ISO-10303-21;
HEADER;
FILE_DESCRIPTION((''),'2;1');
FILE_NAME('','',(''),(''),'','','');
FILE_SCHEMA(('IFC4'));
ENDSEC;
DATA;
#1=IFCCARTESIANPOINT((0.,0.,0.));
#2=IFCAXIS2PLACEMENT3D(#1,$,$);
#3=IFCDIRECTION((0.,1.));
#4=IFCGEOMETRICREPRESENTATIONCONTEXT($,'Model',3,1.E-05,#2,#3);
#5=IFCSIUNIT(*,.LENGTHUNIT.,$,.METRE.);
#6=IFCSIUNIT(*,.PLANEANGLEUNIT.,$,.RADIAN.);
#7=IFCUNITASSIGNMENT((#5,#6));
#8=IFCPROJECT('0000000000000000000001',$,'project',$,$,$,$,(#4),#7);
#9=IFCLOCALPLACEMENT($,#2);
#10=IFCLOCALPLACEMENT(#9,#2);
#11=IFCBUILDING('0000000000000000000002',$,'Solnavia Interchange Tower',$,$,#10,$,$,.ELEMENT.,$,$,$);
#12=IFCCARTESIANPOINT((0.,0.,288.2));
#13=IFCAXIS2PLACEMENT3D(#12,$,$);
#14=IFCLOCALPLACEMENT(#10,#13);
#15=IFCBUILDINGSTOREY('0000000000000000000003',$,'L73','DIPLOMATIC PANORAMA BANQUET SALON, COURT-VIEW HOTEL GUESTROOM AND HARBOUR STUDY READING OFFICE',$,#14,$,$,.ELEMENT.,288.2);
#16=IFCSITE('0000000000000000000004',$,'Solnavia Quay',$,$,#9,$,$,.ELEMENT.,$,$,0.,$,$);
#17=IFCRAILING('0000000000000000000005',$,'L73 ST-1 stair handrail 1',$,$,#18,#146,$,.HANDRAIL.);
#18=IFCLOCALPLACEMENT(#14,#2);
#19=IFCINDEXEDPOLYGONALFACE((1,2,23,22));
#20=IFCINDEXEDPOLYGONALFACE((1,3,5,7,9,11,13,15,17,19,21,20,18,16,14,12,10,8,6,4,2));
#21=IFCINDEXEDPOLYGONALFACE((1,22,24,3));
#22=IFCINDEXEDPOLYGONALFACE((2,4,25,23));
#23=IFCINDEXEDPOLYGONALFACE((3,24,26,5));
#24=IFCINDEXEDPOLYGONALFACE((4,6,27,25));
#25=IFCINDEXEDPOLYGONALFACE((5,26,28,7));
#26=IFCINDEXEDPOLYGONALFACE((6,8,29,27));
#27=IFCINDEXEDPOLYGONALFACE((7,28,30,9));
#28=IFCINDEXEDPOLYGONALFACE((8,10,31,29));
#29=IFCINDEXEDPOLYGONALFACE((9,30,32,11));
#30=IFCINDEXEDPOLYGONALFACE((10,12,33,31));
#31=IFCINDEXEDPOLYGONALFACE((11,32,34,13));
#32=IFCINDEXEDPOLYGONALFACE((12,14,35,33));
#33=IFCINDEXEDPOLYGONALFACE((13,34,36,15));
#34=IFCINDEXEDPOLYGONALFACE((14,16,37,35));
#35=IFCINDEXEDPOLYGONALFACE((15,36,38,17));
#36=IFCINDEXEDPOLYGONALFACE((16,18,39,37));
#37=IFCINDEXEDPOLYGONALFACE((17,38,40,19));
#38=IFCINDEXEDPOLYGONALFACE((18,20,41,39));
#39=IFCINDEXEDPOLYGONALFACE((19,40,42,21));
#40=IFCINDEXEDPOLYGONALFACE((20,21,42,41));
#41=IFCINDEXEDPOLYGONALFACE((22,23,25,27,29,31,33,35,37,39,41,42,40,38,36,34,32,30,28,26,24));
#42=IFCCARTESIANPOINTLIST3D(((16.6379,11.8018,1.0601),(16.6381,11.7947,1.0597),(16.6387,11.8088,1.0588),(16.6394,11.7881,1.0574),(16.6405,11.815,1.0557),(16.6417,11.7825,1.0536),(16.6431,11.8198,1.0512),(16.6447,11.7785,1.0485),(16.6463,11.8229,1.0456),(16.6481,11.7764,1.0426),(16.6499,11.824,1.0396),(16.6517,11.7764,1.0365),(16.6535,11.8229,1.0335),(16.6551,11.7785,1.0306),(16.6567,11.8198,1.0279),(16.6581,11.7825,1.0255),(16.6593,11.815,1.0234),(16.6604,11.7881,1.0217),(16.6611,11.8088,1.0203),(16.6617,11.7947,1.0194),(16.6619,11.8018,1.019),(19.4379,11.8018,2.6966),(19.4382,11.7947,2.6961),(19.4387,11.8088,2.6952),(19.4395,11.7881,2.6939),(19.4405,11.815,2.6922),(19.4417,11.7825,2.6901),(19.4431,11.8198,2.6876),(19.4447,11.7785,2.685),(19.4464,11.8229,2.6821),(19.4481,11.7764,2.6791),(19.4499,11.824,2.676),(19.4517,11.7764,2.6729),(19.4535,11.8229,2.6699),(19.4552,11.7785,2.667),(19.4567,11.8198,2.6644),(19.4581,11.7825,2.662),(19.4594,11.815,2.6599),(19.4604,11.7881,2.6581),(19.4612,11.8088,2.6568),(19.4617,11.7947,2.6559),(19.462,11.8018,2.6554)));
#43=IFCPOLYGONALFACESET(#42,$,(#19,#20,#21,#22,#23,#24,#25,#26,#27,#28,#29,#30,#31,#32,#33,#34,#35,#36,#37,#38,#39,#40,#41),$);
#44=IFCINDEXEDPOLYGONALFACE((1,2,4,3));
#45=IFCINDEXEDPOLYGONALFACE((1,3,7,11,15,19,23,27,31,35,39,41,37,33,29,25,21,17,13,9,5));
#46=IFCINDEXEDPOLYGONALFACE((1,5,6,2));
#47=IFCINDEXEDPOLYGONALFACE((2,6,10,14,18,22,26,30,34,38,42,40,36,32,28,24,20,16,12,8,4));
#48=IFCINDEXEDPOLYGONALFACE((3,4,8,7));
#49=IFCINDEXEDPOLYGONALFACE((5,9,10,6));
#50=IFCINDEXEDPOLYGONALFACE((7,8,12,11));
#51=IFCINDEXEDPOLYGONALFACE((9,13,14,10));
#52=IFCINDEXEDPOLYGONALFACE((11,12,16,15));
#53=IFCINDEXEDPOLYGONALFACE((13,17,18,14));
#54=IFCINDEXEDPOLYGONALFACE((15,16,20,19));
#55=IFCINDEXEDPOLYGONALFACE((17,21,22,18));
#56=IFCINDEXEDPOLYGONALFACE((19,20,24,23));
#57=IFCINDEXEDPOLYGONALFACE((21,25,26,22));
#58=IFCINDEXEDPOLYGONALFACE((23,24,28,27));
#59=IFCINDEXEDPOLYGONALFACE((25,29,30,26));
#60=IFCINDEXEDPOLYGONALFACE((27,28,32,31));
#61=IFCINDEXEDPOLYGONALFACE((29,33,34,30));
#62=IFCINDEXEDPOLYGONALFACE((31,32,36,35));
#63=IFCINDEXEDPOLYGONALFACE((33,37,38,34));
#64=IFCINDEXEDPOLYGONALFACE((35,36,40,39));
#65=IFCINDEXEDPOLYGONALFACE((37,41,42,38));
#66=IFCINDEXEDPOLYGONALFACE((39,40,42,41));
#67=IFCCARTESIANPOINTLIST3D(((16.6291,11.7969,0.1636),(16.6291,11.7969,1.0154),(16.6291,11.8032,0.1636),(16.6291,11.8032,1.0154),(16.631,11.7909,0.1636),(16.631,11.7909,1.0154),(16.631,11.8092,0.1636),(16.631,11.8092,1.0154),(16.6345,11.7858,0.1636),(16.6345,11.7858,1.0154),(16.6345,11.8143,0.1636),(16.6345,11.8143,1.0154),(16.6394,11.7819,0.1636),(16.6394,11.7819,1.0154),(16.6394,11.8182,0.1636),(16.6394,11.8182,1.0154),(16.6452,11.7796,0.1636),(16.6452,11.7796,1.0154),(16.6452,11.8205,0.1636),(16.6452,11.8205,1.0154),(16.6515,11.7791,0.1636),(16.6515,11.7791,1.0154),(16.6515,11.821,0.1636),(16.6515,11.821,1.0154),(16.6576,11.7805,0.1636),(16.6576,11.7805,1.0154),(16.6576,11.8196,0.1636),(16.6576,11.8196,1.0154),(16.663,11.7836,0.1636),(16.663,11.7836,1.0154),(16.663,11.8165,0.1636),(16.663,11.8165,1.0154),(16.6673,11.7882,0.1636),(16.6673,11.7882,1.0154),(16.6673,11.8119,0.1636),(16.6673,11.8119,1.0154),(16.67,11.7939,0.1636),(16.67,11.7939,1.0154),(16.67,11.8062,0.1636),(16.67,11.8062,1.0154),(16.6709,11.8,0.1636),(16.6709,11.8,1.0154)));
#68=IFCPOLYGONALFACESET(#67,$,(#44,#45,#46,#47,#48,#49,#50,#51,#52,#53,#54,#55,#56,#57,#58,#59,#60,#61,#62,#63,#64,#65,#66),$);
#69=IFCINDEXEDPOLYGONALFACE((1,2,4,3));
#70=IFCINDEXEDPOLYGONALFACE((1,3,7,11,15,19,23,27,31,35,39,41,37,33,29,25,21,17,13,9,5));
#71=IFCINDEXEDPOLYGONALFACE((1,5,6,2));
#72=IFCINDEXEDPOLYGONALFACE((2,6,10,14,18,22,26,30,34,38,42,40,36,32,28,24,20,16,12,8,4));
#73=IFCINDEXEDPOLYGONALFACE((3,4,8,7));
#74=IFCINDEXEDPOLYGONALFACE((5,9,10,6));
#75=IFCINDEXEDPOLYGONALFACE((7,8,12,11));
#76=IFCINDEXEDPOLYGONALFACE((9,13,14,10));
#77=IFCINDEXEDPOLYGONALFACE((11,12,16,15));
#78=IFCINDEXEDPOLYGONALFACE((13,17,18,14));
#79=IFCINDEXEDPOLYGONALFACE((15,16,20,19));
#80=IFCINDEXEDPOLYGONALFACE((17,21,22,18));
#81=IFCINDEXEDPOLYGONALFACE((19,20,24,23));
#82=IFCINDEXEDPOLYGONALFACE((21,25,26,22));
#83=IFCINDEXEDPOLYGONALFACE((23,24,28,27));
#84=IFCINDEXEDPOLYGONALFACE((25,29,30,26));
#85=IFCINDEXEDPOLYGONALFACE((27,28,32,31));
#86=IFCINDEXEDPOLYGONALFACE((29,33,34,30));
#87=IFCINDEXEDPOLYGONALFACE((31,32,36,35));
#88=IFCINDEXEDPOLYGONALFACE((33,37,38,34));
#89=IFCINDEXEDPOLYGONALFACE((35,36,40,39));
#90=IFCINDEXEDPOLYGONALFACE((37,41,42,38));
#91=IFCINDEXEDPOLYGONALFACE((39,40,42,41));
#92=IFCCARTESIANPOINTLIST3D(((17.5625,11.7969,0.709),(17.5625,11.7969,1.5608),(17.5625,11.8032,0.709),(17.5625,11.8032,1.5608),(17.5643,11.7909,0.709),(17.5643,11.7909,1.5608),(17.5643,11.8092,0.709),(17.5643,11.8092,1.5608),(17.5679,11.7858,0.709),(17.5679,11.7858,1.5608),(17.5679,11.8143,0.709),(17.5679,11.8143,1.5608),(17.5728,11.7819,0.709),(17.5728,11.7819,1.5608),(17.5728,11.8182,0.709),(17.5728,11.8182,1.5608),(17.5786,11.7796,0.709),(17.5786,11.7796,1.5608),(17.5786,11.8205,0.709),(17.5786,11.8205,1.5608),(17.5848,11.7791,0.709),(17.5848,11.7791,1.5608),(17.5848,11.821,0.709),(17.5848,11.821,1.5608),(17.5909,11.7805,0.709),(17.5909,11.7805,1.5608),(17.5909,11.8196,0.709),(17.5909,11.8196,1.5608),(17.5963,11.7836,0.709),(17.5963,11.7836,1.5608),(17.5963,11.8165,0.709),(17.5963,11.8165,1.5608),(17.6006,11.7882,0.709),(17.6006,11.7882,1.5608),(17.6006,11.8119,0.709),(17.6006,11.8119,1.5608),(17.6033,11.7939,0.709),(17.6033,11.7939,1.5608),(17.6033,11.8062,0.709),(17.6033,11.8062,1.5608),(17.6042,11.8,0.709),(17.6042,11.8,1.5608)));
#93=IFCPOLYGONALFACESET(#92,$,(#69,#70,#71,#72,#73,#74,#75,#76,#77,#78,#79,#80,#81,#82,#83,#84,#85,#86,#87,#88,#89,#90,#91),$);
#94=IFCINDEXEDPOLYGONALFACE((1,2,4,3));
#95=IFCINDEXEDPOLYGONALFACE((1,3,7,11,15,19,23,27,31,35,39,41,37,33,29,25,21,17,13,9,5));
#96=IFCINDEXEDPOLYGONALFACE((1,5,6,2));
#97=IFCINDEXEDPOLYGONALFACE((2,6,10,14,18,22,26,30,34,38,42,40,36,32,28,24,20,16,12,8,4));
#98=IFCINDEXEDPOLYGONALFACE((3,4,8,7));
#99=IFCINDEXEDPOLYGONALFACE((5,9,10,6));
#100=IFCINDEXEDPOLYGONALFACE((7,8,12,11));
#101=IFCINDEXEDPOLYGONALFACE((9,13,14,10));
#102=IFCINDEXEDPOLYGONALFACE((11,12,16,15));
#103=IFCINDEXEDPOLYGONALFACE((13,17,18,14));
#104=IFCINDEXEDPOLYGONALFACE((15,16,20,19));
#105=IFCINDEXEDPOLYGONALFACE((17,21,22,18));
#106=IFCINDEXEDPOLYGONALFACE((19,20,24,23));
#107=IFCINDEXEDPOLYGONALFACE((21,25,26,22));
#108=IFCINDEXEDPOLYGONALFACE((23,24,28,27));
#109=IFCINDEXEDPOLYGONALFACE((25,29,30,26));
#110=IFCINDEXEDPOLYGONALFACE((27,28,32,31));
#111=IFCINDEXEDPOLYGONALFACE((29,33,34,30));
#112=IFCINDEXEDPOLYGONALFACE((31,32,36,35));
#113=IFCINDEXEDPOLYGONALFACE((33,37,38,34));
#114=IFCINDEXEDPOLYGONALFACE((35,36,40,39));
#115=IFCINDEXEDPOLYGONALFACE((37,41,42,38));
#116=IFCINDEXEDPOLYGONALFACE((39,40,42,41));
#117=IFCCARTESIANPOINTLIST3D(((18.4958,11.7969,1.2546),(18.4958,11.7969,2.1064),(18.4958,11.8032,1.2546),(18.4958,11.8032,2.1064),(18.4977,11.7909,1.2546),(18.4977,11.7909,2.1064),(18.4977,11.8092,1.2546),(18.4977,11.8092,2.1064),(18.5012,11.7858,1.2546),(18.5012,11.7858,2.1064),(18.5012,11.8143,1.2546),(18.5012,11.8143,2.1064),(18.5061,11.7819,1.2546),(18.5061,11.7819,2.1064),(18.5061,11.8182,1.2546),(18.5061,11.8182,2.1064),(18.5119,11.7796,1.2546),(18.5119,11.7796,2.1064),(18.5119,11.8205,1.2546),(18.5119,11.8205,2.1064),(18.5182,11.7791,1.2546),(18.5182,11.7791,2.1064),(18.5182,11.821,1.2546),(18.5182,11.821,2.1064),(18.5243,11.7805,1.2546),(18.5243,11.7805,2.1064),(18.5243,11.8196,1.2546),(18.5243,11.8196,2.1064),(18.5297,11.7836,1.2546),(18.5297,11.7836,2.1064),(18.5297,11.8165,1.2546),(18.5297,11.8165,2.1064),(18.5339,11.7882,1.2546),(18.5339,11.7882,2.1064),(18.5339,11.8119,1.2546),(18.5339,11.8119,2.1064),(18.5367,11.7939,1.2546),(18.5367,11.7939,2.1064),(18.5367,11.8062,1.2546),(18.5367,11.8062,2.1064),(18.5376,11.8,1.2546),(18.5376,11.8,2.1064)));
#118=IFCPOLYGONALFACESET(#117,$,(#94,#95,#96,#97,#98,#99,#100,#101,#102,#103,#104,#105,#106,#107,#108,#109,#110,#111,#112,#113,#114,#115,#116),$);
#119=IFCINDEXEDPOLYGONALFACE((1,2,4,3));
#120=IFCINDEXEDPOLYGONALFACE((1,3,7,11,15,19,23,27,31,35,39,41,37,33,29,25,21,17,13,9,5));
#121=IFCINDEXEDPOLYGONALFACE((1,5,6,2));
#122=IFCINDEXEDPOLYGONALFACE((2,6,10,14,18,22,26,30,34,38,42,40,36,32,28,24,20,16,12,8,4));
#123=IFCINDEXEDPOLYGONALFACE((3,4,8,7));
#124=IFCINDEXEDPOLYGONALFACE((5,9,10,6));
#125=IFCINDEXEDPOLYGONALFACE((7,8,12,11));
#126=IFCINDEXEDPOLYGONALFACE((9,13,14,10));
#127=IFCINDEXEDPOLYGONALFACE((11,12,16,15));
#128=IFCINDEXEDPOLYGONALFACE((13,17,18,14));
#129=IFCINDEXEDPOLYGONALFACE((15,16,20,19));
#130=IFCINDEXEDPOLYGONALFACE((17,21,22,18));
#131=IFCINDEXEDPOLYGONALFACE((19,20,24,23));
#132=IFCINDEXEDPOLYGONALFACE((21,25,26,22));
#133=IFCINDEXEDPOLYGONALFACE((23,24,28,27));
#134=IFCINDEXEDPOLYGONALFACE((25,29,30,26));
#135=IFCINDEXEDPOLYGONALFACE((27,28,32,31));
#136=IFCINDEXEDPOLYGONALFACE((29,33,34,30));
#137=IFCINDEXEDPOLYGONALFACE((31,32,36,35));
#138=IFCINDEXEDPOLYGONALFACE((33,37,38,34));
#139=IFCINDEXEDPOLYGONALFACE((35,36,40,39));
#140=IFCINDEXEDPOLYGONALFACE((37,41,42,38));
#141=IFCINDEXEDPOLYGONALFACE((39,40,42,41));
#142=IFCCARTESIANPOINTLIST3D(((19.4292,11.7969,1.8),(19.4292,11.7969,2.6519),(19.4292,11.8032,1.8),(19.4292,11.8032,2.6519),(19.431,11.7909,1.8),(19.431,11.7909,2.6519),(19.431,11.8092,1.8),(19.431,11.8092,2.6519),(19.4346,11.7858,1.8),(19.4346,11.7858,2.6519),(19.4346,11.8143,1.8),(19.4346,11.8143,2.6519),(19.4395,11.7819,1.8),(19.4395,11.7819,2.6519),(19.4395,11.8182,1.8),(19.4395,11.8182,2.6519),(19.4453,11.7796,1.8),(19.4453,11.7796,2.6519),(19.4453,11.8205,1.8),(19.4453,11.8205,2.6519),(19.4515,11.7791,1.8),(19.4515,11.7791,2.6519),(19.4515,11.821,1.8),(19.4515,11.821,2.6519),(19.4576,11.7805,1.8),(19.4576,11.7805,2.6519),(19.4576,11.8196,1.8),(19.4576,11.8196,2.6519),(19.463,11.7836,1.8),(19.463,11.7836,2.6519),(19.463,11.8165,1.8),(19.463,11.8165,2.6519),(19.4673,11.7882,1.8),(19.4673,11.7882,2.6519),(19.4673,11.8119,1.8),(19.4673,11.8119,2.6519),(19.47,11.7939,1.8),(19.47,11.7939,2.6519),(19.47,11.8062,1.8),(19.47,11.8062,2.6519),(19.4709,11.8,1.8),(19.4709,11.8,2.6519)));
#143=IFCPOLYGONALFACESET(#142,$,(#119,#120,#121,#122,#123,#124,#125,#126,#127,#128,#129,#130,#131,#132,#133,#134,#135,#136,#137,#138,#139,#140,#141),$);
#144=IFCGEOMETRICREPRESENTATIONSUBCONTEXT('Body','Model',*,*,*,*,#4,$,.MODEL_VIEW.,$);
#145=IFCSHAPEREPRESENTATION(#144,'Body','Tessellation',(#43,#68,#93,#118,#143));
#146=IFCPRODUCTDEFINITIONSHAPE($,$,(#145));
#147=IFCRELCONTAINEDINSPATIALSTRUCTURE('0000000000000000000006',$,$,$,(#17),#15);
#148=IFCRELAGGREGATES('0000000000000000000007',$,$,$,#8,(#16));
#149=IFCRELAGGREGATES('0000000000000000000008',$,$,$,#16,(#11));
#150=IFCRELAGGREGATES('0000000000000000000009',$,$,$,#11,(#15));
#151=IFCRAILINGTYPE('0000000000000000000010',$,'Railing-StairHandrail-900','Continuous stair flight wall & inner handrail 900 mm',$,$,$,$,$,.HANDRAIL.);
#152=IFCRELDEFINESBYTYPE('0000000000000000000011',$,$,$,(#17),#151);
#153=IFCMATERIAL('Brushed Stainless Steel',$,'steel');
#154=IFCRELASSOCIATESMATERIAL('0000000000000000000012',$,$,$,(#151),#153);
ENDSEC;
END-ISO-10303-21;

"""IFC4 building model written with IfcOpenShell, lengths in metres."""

from ifc_helpers import new_model, si_unit, direction, frame, origin, origin_2d, place, context, subcontext, project, spatial, circle, extrude, material, type_object, element, save


model = new_model("IFC4")

# Units and contexts
model_context = context("Model", 3, precision=1e-05, world=origin(), true_north=direction((0.0, 1.0)))
body_context = subcontext(model_context, "Body", "Model", "MODEL_VIEW")
ifc_project = project(units=[si_unit("LENGTHUNIT", "METRE"), si_unit("PLANEANGLEUNIT", "RADIAN")], contexts=[model_context])

# Site, building, storey
site_placement = place(None, origin())
site = spatial("IfcSite", under=ifc_project, at=site_placement, Name="Solnavia Quay", CompositionType="ELEMENT", RefElevation=0.0)
building_placement = place(site_placement, origin())
building = spatial("IfcBuilding", under=site, at=building_placement, Name="Solnavia Interchange Tower", CompositionType="ELEMENT")
storey_placement = place(building_placement, frame((0.0, 0.0, 288.2)))
storey = spatial("IfcBuildingStorey", under=building, at=storey_placement, Name="L73", Description="DIPLOMATIC PANORAMA BANQUET SALON, COURT-VIEW HOTEL GUESTROOM AND HARBOUR STUDY READING OFFICE", CompositionType="ELEMENT", Elevation=288.2)

# Railing
ifc_material_1 = material(Name="Brushed Stainless Steel", Category="steel")
railing_type_1 = type_object("IfcRailingType", Name="Railing-StairHandrail-900", Description="Continuous stair flight wall & inner handrail 900 mm", PredefinedType="HANDRAIL", material=ifc_material_1)
railing_1_placement = place(storey_placement, frame((16.6499, 11.8, 0.1636)))
element("IfcRailing", 1, at=railing_1_placement, inside=storey, type_object=railing_type_1, Name="L73 ST-1 stair handrail 1", PredefinedType="HANDRAIL", context=body_context, shape_type="SweptSolid", body=[
    extrude(circle(Radius=0.0239, at=origin_2d()), frame((0.0, 0.0, 0.876), z_axis=(0.863361, 0.0, 0.504587), x_axis=(0.0, 1.0, 0.0)), (0.0, 0.0, 1.0), 3.2432),
    extrude(circle(Radius=0.021, at=origin_2d()), origin(), (0.0, 0.0, 1.0), 0.8518),
    extrude(circle(Radius=0.021, at=origin_2d()), frame((0.9333, 0.0, 0.5454)), (0.0, 0.0, 1.0), 0.8518),
    extrude(circle(Radius=0.021, at=origin_2d()), frame((1.8667, 0.0, 1.0911)), (0.0, 0.0, 1.0), 0.8518),
    extrude(circle(Radius=0.021, at=origin_2d()), frame((2.8, 0.0, 1.6365)), (0.0, 0.0, 1.0), 0.8518),
])

save(model, "model.ifc")
